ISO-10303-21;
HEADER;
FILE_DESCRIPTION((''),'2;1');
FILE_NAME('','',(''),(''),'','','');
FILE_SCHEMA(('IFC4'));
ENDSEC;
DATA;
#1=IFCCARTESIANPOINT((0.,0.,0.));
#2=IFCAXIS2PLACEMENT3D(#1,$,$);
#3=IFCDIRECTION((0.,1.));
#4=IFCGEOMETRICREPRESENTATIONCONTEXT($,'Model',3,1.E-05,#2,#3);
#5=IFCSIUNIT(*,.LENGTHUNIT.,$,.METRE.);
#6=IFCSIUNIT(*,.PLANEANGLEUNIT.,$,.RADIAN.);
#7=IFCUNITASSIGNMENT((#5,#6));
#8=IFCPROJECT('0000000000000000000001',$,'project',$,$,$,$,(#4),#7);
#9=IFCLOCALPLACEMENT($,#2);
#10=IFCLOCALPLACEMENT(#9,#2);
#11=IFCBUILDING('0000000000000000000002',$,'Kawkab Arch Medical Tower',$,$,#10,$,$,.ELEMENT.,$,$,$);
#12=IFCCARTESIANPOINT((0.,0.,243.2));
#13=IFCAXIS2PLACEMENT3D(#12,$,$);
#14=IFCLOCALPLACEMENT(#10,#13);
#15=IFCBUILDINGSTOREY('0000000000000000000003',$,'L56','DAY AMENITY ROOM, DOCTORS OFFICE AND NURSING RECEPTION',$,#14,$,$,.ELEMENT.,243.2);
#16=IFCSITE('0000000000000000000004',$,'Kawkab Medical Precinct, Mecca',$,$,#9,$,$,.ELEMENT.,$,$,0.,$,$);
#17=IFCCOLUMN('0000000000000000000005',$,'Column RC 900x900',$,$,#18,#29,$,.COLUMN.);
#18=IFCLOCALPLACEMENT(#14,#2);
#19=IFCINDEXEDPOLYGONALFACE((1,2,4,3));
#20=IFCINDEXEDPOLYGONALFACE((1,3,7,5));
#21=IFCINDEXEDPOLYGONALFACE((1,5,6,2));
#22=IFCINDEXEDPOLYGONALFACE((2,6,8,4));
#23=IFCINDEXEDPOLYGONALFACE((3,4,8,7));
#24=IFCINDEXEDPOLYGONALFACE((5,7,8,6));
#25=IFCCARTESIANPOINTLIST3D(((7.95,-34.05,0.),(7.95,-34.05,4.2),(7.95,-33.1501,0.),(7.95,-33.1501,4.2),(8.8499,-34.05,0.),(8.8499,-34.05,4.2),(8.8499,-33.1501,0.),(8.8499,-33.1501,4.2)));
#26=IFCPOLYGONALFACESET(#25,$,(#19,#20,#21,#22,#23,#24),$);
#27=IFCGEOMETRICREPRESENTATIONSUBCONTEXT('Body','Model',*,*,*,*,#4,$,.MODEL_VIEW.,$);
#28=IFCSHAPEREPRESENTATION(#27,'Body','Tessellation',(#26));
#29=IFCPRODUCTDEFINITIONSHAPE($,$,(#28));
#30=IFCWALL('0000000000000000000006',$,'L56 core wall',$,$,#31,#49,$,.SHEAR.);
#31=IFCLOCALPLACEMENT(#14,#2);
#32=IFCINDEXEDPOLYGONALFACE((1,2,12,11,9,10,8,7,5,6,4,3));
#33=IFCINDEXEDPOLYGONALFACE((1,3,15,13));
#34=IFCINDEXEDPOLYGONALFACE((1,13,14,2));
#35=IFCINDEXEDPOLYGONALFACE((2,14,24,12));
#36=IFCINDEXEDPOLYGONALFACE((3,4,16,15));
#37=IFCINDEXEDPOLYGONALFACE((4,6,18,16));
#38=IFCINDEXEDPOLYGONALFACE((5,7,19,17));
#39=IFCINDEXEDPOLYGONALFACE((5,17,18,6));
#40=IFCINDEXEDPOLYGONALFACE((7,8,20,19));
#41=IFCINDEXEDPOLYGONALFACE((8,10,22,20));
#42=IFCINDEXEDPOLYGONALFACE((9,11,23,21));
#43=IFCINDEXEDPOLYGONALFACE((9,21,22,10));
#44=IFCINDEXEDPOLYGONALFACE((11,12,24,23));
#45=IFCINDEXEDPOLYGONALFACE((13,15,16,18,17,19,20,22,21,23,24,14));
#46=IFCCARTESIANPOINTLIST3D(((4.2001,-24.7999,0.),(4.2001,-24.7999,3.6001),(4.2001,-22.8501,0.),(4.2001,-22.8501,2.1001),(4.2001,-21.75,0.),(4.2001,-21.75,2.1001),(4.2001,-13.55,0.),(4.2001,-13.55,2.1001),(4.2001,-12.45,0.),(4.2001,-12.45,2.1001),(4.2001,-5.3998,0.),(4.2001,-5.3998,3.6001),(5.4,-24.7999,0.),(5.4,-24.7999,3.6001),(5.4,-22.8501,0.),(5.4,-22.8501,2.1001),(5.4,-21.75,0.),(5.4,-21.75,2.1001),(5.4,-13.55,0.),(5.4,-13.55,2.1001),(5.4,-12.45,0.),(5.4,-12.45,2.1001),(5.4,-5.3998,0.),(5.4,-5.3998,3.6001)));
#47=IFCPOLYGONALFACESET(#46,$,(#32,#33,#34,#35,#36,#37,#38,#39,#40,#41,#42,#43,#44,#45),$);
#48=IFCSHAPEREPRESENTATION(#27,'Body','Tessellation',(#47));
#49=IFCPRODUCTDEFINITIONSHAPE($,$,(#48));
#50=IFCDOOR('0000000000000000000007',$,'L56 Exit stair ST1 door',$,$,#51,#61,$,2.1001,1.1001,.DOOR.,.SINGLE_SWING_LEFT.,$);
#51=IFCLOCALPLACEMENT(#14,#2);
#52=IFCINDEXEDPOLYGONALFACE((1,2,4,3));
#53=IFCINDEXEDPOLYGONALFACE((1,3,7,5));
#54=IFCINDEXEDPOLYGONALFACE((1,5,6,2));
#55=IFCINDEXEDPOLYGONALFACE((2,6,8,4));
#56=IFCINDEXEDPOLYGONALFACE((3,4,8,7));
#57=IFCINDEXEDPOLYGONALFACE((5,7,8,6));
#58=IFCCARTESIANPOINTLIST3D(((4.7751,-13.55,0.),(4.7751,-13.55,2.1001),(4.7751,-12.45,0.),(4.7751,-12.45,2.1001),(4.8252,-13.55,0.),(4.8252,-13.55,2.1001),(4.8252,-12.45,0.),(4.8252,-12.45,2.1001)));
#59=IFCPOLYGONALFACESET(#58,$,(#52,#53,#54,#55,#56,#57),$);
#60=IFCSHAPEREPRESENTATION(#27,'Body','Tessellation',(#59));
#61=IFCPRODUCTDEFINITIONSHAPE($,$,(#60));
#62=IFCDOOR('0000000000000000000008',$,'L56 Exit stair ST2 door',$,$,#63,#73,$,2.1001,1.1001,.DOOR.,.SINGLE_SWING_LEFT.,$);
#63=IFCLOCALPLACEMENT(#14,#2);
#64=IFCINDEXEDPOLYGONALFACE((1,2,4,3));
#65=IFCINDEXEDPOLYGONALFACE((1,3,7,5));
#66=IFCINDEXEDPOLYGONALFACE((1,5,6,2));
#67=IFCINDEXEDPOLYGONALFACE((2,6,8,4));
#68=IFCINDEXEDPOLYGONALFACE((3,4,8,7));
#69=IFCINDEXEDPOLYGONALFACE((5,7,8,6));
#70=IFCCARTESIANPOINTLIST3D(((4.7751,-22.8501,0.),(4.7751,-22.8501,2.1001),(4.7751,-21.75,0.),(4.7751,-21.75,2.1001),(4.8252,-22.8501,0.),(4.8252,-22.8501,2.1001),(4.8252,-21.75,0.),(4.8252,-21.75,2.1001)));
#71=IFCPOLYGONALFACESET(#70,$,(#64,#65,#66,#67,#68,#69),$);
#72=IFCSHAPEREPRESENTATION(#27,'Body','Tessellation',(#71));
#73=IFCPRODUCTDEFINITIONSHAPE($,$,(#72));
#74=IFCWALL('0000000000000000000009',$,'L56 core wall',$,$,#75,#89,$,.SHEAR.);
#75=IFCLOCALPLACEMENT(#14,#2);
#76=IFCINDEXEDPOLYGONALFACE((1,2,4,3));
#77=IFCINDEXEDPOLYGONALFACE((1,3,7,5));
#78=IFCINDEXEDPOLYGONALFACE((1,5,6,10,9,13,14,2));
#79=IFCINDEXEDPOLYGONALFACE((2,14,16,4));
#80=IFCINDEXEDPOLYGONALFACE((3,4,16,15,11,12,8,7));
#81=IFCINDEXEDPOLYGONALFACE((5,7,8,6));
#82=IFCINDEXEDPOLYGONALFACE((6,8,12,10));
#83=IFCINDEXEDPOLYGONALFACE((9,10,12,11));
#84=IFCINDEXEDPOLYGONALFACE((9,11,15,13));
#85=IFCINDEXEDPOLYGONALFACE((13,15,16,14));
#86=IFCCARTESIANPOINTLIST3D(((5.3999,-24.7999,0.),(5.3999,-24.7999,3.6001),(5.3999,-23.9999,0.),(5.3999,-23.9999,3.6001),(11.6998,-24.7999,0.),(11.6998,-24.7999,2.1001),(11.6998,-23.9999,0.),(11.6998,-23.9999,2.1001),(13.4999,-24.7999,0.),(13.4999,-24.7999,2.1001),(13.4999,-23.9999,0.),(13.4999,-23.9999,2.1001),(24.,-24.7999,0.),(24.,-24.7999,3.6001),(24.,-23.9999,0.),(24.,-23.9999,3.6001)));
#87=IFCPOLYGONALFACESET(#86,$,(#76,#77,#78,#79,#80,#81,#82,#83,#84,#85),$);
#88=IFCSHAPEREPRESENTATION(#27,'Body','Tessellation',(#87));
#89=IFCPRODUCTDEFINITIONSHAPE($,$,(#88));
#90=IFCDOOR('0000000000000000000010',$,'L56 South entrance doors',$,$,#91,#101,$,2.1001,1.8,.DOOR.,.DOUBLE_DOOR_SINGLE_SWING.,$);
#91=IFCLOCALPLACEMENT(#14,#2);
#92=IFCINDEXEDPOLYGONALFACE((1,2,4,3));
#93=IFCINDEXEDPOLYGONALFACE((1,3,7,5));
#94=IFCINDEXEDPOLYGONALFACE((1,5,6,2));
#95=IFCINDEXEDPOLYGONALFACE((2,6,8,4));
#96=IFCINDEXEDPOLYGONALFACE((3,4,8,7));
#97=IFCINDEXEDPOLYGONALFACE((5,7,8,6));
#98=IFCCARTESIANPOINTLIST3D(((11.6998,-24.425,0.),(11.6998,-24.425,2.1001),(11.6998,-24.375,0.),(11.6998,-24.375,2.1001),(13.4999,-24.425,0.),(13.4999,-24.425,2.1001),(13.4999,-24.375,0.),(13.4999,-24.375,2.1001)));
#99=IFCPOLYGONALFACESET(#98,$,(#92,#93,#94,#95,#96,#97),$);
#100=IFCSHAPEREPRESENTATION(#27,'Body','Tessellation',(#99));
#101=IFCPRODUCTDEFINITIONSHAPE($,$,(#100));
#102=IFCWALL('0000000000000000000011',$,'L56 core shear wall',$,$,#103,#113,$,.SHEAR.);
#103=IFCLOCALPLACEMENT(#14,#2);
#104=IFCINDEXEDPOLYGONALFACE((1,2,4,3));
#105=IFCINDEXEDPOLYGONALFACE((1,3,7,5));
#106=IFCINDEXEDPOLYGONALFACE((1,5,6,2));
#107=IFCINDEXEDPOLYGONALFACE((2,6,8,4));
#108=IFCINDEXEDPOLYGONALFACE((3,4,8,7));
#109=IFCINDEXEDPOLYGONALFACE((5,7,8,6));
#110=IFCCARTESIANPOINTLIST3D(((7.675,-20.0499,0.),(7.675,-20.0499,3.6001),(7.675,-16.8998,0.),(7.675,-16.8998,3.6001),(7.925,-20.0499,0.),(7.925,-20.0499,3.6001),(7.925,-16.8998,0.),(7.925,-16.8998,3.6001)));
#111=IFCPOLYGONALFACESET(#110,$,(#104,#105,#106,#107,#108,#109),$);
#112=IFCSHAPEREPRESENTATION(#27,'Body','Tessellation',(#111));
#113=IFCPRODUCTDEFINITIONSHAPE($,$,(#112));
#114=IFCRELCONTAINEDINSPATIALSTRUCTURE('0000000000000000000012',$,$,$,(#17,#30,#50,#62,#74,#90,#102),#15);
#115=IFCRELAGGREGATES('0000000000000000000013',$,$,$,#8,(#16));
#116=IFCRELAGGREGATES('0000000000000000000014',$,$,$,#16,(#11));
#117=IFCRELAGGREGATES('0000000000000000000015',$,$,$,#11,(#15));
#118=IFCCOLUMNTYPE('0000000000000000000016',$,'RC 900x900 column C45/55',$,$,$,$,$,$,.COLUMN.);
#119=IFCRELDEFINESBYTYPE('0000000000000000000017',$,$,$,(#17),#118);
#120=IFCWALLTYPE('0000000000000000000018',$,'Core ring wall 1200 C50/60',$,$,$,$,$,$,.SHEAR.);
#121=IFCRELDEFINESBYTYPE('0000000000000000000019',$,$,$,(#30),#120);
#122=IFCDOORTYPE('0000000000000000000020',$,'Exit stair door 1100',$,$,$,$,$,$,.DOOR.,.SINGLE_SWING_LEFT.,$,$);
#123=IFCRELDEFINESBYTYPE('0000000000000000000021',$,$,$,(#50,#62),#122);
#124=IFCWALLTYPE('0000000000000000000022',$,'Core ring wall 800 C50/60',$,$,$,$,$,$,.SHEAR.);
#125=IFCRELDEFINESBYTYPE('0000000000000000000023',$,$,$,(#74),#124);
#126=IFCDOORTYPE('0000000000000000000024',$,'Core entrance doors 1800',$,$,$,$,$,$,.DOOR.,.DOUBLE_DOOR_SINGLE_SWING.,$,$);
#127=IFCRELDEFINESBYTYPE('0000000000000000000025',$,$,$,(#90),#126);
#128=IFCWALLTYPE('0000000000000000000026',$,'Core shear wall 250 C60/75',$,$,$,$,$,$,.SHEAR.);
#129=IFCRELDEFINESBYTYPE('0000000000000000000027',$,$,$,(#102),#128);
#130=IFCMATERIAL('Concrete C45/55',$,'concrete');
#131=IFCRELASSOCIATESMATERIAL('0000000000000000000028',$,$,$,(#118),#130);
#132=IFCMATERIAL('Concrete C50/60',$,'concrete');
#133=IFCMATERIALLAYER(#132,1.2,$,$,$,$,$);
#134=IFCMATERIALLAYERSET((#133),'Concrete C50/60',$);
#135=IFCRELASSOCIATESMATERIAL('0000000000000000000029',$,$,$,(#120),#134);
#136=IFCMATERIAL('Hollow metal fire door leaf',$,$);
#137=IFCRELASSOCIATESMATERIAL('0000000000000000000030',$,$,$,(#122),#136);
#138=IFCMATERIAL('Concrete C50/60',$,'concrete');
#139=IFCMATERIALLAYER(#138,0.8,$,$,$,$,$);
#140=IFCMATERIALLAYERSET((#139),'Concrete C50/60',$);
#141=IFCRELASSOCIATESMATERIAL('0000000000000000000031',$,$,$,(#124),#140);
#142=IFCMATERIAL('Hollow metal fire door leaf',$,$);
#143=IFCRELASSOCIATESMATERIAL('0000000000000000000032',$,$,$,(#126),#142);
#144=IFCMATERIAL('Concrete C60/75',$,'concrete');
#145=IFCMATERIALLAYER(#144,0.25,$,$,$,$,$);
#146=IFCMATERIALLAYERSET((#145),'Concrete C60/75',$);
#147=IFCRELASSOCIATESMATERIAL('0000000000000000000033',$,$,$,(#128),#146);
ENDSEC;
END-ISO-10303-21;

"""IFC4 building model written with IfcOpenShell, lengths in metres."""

from ifc_helpers import new_model, si_unit, direction, frame, frame_2d, origin, origin_2d, place, context, subcontext, project, spatial, rectangle, extrude, material, layer, layer_set, material_profile, profile_set, type_object, element, fill, save


model = new_model("IFC4")

# Units and contexts
model_context = context("Model", 3, precision=1e-05, world=origin(), true_north=direction((0.0, 1.0)))
body_context = subcontext(model_context, "Body", "Model", "MODEL_VIEW")
ifc_project = project(units=[si_unit("LENGTHUNIT", "METRE"), si_unit("PLANEANGLEUNIT", "RADIAN")], contexts=[model_context])

# Site, building, storey
site_placement = place(None, origin())
site = spatial("IfcSite", under=ifc_project, at=site_placement, Name="Kawkab Medical Precinct, Mecca", CompositionType="ELEMENT", RefElevation=0.0)
building_placement = place(site_placement, origin())
building = spatial("IfcBuilding", under=site, at=building_placement, Name="Kawkab Arch Medical Tower", CompositionType="ELEMENT")
storey_placement = place(building_placement, frame((0.0, 0.0, 243.2)))
storey = spatial("IfcBuildingStorey", under=building, at=storey_placement, Name="L56", Description="DAY AMENITY ROOM, DOCTORS OFFICE AND NURSING RECEPTION", CompositionType="ELEMENT", Elevation=243.2)

# Column
ifc_material_1 = material(Name="Concrete C45/55", Category="concrete")
ifc_material_profile = material_profile(ifc_material_1, rectangle(XDim=0.8999, YDim=0.8999, at=origin_2d()), Name="RC 900x900")
ifc_profile_set = profile_set([ifc_material_profile], Name="Concrete C45/55")
column_type = type_object("IfcColumnType", Name="RC 900x900 column C45/55", PredefinedType="COLUMN", material=ifc_profile_set)
column_placement = place(storey_placement, frame((8.3999, -33.6001, 0.0), z_axis=(0.0, 0.0, 1.0), x_axis=(1.0, 0.0, 0.0)))
element("IfcColumn", 1, at=column_placement, inside=storey, type_object=column_type, Name="Column RC 900x900", PredefinedType="COLUMN", context=body_context, shape_type="SweptSolid", body=[
    extrude(rectangle(XDim=0.8999, YDim=0.8999, at=origin_2d()), origin(), (0.0, 0.0, 1.0), 4.2),
])

# Wall, openings, doors
ifc_material_2 = material(Name="Concrete C50/60", Category="concrete")
ifc_layer_1 = layer(ifc_material_2, 1.2)
ifc_layer_set_1 = layer_set([ifc_layer_1], Name="Concrete C50/60")
wall_type_1 = type_object("IfcWallType", Name="Core ring wall 1200 C50/60", PredefinedType="SHEAR", material=ifc_layer_set_1)
wall_1_placement = place(storey_placement, frame((4.8, -24.8, 0.0), z_axis=(0.0, 0.0, 1.0), x_axis=(0.0, 1.0, 0.0)))
wall_1 = element("IfcWall", 2, at=wall_1_placement, inside=storey, type_object=wall_type_1, Name="L56 core wall", PredefinedType="SHEAR", context=body_context, shape_type="SweptSolid", body=[
    extrude(rectangle(XDim=19.4001, YDim=1.2, at=frame_2d((9.7002, 0.0))), origin(), (0.0, 0.0, 1.0), 3.6001),
])
opening_1_placement = place(wall_1_placement, frame((11.25, 0.0, 0.0)))
opening_1 = element("IfcOpeningElement", 3, at=opening_1_placement, cuts=wall_1, PredefinedType="OPENING", context=body_context, shape_type="SweptSolid", body=[
    extrude(rectangle(XDim=1.1001, YDim=2.1001, at=frame_2d((0.55, 1.05))), frame((0.0, 0.6099, 0.0), z_axis=(0.0, -1.0, 0.0), x_axis=(1.0, 0.0, 0.0)), (0.0, 0.0, 1.0), 1.22),
])
opening_2_placement = place(wall_1_placement, frame((1.95, 0.0, 0.0)))
opening_2 = element("IfcOpeningElement", 4, at=opening_2_placement, cuts=wall_1, PredefinedType="OPENING", context=body_context, shape_type="SweptSolid", body=[
    extrude(rectangle(XDim=1.1001, YDim=2.1001, at=frame_2d((0.55, 1.05))), frame((0.0, 0.6099, 0.0), z_axis=(0.0, -1.0, 0.0), x_axis=(1.0, 0.0, 0.0)), (0.0, 0.0, 1.0), 1.22),
])
ifc_material_3 = material(Name="Hollow metal fire door leaf")
door_type_1 = type_object("IfcDoorType", Name="Exit stair door 1100", OperationType="SINGLE_SWING_LEFT", PredefinedType="DOOR", material=ifc_material_3)
door_1_placement = place(opening_1_placement, origin())
door_1 = element("IfcDoor", 5, at=door_1_placement, inside=storey, type_object=door_type_1, Name="L56 Exit stair ST1 door", OperationType="SINGLE_SWING_LEFT", OverallHeight=2.1001, OverallWidth=1.1001, PredefinedType="DOOR", context=body_context, shape_type="SweptSolid", body=[
    extrude(rectangle(XDim=1.1001, YDim=2.1001, at=frame_2d((0.55, 1.05))), frame((0.0, 0.0249, 0.0), z_axis=(0.0, -1.0, 0.0), x_axis=(1.0, 0.0, 0.0)), (0.0, 0.0, 1.0), 0.05),
])
fill(opening_1, door_1)
door_2_placement = place(opening_2_placement, origin())
door_2 = element("IfcDoor", 6, at=door_2_placement, inside=storey, type_object=door_type_1, Name="L56 Exit stair ST2 door", OperationType="SINGLE_SWING_LEFT", OverallHeight=2.1001, OverallWidth=1.1001, PredefinedType="DOOR", context=body_context, shape_type="SweptSolid", body=[
    extrude(rectangle(XDim=1.1001, YDim=2.1001, at=frame_2d((0.55, 1.05))), frame((0.0, 0.0249, 0.0), z_axis=(0.0, -1.0, 0.0), x_axis=(1.0, 0.0, 0.0)), (0.0, 0.0, 1.0), 0.05),
])
fill(opening_2, door_2)

# Wall, opening, door
ifc_material_4 = material(Name="Concrete C50/60", Category="concrete")
ifc_layer_2 = layer(ifc_material_4, 0.8)
ifc_layer_set_2 = layer_set([ifc_layer_2], Name="Concrete C50/60")
wall_type_2 = type_object("IfcWallType", Name="Core ring wall 800 C50/60", PredefinedType="SHEAR", material=ifc_layer_set_2)
wall_2_placement = place(storey_placement, frame((5.3999, -24.3999, 0.0), z_axis=(0.0, 0.0, 1.0), x_axis=(1.0, 0.0, 0.0)))
wall_2 = element("IfcWall", 7, at=wall_2_placement, inside=storey, type_object=wall_type_2, Name="L56 core wall", PredefinedType="SHEAR", context=body_context, shape_type="SweptSolid", body=[
    extrude(rectangle(XDim=18.6001, YDim=0.8, at=frame_2d((9.3, 0.0))), origin(), (0.0, 0.0, 1.0), 3.6001),
])
opening_3_placement = place(wall_2_placement, frame((6.3, 0.0, 0.0)))
opening_3 = element("IfcOpeningElement", 8, at=opening_3_placement, cuts=wall_2, PredefinedType="OPENING", context=body_context, shape_type="SweptSolid", body=[
    extrude(rectangle(XDim=1.8, YDim=2.1001, at=frame_2d((0.8999, 1.05))), frame((0.0, 0.4099, 0.0), z_axis=(0.0, -1.0, 0.0), x_axis=(1.0, 0.0, 0.0)), (0.0, 0.0, 1.0), 0.8201),
])
ifc_material_5 = material(Name="Hollow metal fire door leaf")
door_type_2 = type_object("IfcDoorType", Name="Core entrance doors 1800", OperationType="DOUBLE_DOOR_SINGLE_SWING", PredefinedType="DOOR", material=ifc_material_5)
door_3_placement = place(opening_3_placement, origin())
door_3 = element("IfcDoor", 9, at=door_3_placement, inside=storey, type_object=door_type_2, Name="L56 South entrance doors", OperationType="DOUBLE_DOOR_SINGLE_SWING", OverallHeight=2.1001, OverallWidth=1.8, PredefinedType="DOOR", context=body_context, shape_type="SweptSolid", body=[
    extrude(rectangle(XDim=1.8, YDim=2.1001, at=frame_2d((0.8999, 1.05))), frame((0.0, 0.0249, 0.0), z_axis=(0.0, -1.0, 0.0), x_axis=(1.0, 0.0, 0.0)), (0.0, 0.0, 1.0), 0.05),
])
fill(opening_3, door_3)

# Wall
ifc_material_6 = material(Name="Concrete C60/75", Category="concrete")
ifc_layer_3 = layer(ifc_material_6, 0.25)
ifc_layer_set_3 = layer_set([ifc_layer_3], Name="Concrete C60/75")
wall_type_3 = type_object("IfcWallType", Name="Core shear wall 250 C60/75", PredefinedType="SHEAR", material=ifc_layer_set_3)
wall_3_placement = place(storey_placement, frame((7.8, -20.05, 0.0), z_axis=(0.0, 0.0, 1.0), x_axis=(0.0, 1.0, 0.0)))
element("IfcWall", 10, at=wall_3_placement, inside=storey, type_object=wall_type_3, Name="L56 core shear wall", PredefinedType="SHEAR", context=body_context, shape_type="SweptSolid", body=[
    extrude(rectangle(XDim=3.1501, YDim=0.25, at=frame_2d((1.5752, 0.0))), origin(), (0.0, 0.0, 1.0), 3.6001),
])

save(model, "model.ifc")
